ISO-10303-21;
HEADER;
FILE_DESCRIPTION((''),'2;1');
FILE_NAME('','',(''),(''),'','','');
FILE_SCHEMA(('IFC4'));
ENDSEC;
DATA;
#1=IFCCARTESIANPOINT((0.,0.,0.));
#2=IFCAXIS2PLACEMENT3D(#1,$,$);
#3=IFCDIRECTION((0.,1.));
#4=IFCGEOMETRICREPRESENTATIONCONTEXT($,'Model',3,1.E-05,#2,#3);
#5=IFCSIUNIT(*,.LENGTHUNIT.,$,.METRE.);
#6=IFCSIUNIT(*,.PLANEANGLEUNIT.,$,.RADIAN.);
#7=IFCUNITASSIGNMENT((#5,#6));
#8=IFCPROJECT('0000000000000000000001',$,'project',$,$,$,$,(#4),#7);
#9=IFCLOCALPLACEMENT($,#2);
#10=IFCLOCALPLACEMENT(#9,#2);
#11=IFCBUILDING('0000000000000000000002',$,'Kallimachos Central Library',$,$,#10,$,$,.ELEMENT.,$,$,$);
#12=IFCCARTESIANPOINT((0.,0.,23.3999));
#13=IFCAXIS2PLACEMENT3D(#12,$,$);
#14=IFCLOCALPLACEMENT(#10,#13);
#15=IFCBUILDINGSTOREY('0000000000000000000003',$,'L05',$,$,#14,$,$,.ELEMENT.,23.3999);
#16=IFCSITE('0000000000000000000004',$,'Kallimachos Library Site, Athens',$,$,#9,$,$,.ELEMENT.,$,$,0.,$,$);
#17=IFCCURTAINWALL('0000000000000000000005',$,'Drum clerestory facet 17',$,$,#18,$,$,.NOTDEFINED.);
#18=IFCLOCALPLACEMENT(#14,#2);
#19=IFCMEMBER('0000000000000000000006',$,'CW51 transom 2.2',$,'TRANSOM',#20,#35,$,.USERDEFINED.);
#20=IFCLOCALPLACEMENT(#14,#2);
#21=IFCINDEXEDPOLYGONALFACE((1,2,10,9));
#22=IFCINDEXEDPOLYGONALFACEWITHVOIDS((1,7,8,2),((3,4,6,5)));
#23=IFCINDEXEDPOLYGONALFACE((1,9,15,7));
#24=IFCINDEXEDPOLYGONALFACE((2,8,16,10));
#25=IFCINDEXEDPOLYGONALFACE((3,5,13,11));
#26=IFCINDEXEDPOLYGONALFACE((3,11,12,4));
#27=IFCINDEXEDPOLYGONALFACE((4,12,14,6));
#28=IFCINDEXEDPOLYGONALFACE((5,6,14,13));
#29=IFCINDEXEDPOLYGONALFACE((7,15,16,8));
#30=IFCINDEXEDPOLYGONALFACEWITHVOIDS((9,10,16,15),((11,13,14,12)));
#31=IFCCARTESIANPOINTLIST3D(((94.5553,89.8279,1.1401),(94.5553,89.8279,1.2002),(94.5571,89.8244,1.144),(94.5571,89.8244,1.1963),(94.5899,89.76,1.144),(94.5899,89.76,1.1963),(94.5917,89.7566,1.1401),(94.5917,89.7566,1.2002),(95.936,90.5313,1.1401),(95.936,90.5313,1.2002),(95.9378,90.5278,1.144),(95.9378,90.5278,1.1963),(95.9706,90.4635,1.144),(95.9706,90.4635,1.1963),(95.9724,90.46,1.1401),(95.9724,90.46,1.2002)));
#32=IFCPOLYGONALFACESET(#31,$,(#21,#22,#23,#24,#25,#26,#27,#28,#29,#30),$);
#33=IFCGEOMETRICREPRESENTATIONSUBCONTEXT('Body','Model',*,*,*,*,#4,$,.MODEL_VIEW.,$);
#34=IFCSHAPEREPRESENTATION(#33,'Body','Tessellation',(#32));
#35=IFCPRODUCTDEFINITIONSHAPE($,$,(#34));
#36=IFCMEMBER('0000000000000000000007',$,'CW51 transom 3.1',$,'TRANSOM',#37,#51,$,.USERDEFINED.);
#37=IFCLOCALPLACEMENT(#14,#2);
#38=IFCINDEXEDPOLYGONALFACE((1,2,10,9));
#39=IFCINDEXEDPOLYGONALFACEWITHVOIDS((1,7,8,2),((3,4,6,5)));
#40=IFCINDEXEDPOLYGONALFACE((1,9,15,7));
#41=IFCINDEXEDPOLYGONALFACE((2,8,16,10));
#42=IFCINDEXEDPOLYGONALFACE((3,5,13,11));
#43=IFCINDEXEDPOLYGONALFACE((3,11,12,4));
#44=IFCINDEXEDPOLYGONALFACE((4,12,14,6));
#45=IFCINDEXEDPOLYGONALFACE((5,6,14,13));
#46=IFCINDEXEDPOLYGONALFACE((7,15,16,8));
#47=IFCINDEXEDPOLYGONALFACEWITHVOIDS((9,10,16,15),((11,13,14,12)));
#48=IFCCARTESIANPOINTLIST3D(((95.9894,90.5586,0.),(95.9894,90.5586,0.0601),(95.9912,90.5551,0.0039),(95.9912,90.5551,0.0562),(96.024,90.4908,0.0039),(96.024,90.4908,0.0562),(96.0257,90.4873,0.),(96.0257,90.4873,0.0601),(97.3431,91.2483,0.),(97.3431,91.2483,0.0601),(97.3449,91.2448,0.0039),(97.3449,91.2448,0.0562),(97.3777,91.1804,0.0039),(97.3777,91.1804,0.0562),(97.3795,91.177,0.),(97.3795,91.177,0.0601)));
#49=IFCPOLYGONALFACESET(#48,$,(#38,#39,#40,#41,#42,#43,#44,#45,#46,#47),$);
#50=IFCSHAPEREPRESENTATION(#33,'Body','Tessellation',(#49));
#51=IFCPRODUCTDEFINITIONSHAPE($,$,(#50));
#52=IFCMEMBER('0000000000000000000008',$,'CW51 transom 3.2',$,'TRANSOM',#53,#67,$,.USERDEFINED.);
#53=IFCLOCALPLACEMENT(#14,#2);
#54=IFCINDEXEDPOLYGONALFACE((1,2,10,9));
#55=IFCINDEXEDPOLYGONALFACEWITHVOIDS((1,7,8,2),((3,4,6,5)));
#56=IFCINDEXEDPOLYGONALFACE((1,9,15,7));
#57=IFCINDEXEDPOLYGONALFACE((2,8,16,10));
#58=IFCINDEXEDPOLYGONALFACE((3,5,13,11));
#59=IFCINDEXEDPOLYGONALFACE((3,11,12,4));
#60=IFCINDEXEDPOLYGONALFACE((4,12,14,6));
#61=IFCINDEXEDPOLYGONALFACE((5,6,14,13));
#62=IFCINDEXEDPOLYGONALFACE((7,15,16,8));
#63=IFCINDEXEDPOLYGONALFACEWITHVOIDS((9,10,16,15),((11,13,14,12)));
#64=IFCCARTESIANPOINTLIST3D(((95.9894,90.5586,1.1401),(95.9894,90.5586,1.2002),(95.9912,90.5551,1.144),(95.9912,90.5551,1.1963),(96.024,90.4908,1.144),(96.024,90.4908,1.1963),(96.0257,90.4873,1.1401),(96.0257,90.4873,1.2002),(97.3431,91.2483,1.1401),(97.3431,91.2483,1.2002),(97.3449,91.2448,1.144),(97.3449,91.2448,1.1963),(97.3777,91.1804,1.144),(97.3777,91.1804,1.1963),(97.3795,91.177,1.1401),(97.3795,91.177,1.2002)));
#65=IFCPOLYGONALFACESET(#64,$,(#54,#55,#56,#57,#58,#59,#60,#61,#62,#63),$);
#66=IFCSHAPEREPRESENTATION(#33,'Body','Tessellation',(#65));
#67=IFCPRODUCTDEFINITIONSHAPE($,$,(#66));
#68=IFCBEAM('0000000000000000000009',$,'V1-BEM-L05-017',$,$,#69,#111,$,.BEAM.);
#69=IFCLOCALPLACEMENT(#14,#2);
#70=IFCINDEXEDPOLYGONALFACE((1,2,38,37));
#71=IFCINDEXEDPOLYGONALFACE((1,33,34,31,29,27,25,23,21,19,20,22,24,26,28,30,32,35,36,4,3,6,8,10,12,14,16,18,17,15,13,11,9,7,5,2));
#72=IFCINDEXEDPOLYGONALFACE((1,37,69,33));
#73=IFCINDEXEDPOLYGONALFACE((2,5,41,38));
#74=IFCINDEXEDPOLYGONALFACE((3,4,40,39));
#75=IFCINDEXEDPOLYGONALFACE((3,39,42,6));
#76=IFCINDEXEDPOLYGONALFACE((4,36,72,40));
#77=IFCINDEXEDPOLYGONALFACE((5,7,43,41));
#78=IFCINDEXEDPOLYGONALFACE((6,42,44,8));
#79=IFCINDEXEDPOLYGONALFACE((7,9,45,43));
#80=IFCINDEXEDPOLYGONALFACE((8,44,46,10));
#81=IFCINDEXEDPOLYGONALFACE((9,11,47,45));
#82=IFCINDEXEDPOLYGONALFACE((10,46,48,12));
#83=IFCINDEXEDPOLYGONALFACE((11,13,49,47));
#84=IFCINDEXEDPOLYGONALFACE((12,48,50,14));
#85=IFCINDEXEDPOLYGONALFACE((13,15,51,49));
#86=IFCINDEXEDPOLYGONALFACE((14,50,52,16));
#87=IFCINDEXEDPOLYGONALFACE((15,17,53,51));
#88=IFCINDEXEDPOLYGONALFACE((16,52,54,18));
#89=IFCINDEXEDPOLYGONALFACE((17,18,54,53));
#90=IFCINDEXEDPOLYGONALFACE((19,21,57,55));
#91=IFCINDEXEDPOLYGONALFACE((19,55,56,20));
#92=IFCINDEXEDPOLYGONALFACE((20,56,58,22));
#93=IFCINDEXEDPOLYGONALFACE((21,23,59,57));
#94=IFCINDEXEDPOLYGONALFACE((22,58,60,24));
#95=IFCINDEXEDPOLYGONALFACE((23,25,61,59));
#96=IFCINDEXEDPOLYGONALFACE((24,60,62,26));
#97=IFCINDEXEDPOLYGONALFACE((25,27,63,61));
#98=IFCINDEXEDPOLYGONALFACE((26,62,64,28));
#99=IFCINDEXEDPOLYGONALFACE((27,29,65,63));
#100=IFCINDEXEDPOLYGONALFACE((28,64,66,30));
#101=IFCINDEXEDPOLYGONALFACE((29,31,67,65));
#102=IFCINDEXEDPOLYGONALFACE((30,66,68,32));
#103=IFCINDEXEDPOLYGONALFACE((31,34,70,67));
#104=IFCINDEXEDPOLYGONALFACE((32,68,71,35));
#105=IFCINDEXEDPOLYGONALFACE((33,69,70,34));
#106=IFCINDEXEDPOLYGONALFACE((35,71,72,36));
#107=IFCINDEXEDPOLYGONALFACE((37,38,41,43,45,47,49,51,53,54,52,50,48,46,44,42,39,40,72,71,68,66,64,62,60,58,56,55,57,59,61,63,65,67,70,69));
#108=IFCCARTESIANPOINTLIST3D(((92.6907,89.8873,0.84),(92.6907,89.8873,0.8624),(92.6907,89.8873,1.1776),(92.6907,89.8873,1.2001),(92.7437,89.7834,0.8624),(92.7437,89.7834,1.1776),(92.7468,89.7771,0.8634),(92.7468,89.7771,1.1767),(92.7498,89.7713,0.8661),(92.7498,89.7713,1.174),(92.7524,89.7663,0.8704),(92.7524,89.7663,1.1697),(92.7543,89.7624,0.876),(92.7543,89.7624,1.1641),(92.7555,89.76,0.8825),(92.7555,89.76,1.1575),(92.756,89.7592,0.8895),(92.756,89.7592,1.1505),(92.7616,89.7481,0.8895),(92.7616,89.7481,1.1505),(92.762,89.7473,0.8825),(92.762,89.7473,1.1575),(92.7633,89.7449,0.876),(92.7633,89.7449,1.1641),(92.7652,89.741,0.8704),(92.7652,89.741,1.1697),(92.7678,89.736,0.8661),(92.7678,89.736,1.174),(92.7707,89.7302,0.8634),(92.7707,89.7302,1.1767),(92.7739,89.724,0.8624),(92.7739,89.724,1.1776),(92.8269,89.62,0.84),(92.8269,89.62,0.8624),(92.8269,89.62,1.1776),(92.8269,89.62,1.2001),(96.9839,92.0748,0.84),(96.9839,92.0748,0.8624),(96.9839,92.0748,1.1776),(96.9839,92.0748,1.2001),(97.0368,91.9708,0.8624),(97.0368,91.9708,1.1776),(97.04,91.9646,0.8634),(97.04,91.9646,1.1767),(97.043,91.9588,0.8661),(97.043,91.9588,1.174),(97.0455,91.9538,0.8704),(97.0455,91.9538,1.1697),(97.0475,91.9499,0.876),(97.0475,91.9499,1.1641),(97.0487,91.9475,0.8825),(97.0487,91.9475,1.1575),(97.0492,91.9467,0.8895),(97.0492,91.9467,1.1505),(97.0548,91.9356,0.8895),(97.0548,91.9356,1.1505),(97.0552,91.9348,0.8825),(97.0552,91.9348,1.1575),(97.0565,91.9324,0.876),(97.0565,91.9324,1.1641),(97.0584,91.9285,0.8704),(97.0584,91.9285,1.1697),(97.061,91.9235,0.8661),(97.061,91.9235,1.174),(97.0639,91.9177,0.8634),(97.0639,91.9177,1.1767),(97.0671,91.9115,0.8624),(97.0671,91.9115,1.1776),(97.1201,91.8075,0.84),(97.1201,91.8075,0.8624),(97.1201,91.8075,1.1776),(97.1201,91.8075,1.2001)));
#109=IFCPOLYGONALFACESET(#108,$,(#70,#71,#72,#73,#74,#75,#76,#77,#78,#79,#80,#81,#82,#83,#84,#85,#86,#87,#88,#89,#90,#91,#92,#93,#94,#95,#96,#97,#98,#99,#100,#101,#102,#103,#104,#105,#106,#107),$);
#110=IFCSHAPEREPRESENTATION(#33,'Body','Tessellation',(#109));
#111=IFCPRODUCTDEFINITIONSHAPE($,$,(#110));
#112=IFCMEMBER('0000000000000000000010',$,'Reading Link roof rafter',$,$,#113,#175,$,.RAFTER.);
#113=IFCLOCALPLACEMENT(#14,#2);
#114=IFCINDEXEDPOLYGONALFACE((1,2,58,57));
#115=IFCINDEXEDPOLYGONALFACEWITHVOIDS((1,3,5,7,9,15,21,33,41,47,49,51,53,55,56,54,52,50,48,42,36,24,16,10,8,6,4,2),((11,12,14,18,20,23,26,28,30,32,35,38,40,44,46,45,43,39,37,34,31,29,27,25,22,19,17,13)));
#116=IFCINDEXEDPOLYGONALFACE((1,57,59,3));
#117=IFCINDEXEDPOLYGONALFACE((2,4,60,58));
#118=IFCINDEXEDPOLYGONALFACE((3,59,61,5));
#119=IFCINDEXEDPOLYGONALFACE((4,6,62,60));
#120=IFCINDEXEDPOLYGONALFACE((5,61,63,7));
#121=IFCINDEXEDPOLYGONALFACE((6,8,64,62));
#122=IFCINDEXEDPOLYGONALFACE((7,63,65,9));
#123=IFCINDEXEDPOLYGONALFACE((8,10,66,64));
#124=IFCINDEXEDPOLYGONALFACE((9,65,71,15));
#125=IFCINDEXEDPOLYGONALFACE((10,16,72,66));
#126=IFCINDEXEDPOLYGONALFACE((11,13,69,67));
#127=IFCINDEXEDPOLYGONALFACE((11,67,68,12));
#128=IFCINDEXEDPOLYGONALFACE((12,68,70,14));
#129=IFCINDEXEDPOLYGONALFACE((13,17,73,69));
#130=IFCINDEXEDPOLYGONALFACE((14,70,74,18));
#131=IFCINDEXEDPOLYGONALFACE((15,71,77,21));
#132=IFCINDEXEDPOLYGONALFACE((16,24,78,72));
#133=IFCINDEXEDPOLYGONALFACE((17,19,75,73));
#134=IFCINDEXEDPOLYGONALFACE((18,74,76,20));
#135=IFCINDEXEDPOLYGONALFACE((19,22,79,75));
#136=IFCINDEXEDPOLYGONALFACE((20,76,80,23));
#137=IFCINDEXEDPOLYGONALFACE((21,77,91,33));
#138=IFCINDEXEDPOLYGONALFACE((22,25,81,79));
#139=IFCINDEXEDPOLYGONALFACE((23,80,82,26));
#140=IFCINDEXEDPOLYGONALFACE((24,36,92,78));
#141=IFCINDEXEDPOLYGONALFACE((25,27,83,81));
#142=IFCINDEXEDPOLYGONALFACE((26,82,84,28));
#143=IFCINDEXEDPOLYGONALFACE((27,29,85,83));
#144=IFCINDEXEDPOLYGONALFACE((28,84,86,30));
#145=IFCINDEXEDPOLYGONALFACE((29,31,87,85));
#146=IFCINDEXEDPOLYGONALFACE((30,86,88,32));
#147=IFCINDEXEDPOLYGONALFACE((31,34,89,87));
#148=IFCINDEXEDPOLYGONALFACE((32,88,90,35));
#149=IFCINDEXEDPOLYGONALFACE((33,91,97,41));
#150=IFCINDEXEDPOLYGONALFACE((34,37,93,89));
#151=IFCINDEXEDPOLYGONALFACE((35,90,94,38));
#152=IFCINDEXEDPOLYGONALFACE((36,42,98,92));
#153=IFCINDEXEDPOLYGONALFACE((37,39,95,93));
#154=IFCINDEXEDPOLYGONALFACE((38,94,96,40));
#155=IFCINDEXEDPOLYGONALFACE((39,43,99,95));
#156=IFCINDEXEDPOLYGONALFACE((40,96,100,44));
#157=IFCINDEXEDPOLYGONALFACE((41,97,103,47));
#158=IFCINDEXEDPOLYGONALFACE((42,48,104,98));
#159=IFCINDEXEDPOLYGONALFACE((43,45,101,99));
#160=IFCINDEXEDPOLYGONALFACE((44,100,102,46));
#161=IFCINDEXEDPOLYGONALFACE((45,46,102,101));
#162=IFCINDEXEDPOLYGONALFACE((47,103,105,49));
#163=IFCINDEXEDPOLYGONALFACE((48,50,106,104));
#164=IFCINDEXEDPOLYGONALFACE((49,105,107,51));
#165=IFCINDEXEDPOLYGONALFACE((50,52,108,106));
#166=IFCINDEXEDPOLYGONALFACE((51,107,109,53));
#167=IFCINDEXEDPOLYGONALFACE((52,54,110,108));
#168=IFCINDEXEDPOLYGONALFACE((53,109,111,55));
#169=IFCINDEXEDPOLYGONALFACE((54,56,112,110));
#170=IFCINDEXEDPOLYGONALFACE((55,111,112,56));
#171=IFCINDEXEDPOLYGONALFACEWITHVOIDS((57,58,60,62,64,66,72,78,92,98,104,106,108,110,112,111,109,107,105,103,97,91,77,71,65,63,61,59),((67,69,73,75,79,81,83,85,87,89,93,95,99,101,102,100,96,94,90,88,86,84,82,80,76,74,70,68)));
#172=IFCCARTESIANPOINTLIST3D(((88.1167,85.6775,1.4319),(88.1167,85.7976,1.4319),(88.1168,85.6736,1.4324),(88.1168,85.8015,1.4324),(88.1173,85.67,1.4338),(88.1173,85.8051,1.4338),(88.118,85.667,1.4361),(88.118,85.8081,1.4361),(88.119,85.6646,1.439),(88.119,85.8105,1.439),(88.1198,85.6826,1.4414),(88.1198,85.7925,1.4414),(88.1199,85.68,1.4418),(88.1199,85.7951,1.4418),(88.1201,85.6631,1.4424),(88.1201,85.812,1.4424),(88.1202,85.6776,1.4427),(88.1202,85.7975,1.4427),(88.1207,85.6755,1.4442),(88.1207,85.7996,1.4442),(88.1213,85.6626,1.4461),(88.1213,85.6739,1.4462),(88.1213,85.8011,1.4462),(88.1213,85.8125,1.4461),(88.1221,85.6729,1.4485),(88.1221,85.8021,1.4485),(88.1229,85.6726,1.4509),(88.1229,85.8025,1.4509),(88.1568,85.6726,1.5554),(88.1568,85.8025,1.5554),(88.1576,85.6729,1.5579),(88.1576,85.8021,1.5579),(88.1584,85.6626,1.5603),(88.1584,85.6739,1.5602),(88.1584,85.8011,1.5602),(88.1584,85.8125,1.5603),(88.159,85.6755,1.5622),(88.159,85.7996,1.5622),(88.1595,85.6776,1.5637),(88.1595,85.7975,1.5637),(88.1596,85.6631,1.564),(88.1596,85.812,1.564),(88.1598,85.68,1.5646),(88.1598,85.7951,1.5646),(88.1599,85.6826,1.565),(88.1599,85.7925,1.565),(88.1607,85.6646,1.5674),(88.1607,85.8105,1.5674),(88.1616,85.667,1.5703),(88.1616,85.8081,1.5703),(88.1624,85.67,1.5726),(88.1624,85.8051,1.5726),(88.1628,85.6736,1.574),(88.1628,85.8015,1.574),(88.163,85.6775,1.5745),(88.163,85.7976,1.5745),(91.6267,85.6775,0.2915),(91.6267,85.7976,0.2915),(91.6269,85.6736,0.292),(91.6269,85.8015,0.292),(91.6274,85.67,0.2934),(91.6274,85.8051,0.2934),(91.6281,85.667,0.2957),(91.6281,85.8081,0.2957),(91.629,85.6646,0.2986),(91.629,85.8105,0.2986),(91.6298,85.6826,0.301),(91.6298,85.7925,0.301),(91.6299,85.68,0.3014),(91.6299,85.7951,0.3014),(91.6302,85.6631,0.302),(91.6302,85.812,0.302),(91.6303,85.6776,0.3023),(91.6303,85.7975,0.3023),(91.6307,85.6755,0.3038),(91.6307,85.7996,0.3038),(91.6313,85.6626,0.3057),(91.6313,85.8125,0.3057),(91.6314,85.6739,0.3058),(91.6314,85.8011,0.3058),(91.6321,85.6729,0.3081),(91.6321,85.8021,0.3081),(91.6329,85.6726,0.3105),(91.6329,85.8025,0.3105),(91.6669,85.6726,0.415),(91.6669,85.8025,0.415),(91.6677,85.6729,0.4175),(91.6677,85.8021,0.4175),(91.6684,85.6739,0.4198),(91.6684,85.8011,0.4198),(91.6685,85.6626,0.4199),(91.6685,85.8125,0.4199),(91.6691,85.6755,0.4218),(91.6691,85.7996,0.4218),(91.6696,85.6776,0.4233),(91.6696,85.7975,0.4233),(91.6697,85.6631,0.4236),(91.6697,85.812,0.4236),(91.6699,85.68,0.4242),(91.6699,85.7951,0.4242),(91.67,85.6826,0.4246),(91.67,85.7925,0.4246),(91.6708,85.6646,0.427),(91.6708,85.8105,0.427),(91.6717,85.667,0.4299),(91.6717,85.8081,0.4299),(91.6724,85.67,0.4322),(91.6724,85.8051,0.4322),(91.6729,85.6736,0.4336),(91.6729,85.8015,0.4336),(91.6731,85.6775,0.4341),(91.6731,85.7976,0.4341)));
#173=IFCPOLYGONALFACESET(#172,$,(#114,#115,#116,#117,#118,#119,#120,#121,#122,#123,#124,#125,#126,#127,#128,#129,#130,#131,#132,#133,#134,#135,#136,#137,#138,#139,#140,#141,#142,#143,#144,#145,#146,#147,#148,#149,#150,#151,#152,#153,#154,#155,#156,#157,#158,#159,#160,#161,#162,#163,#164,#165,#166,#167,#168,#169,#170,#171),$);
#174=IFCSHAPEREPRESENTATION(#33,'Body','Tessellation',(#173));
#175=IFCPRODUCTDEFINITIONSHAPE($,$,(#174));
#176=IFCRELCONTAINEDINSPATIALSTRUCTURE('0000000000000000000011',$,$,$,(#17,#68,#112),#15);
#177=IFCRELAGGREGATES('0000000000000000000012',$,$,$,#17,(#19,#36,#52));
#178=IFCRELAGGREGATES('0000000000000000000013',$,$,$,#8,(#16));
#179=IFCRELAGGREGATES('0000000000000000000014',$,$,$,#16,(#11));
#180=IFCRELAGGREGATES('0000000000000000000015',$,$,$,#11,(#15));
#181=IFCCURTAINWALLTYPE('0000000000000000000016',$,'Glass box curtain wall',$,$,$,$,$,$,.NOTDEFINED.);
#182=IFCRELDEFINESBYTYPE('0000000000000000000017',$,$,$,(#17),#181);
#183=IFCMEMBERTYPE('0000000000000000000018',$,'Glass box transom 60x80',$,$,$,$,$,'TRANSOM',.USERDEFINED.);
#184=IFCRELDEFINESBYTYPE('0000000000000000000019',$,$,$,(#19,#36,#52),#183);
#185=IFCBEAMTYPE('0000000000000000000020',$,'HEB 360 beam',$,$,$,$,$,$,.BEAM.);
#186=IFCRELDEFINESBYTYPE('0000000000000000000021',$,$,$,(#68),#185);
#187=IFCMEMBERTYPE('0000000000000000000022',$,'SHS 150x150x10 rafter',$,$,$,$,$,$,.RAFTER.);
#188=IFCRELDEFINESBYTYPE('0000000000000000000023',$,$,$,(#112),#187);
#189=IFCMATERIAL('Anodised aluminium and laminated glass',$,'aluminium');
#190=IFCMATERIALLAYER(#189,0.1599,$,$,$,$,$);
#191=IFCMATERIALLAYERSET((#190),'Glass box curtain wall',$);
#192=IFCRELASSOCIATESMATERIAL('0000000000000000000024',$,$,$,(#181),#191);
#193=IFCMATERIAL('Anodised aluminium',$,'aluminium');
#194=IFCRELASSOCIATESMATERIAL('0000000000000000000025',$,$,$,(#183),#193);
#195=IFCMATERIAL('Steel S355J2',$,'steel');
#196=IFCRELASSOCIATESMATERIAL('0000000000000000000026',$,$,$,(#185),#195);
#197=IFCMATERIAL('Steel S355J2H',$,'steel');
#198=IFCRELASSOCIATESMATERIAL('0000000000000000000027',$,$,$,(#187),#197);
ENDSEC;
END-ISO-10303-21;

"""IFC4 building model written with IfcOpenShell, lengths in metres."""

from ifc_helpers import new_model, si_unit, direction, frame, origin, origin_2d, place, context, subcontext, project, spatial, hollow_rectangle, i_section, extrude, material, layer, layer_set, material_profile, profile_set, type_object, element, aggregate, save


model = new_model("IFC4")

# Units and contexts
model_context = context("Model", 3, precision=1e-05, world=origin(), true_north=direction((0.0, 1.0)))
body_context = subcontext(model_context, "Body", "Model", "MODEL_VIEW")
ifc_project = project(units=[si_unit("LENGTHUNIT", "METRE"), si_unit("PLANEANGLEUNIT", "RADIAN")], contexts=[model_context])

# Site, building, storey
site_placement = place(None, origin())
site = spatial("IfcSite", under=ifc_project, at=site_placement, Name="Kallimachos Library Site, Athens", CompositionType="ELEMENT", RefElevation=0.0)
building_placement = place(site_placement, origin())
building = spatial("IfcBuilding", under=site, at=building_placement, Name="Kallimachos Central Library", CompositionType="ELEMENT")
storey_placement = place(building_placement, frame((0.0, 0.0, 23.3999)))
storey = spatial("IfcBuildingStorey", under=building, at=storey_placement, Name="L05", CompositionType="ELEMENT", Elevation=23.3999)

# Shared definitions
ifc_material_1 = material(Name="Anodised aluminium and laminated glass", Category="aluminium")
ifc_layer_1 = layer(ifc_material_1, 0.1599)
ifc_layer_set_1 = layer_set([ifc_layer_1], Name="Glass box curtain wall")
curtain_wall_type = type_object("IfcCurtainWallType", Name="Glass box curtain wall", PredefinedType="NOTDEFINED", material=ifc_layer_set_1)

# Curtain wall, members
curtain_wall_1_placement = place(storey_placement, origin())
curtain_wall_1 = element("IfcCurtainWall", 1, at=curtain_wall_1_placement, inside=storey, type_object=curtain_wall_type, Name="Drum clerestory facet 17", PredefinedType="NOTDEFINED")
ifc_material_2 = material(Name="Anodised aluminium", Category="aluminium")
ifc_material_profile_1 = material_profile(ifc_material_2, hollow_rectangle(XDim=0.0601, YDim=0.0801, WallThickness=0.0039, at=origin_2d()), Name="ALU TRANSOM 60x80")
ifc_profile_set_1 = profile_set([ifc_material_profile_1], Name="Anodised aluminium")
member_type_1 = type_object("IfcMemberType", Name="Glass box transom 60x80", ElementType="TRANSOM", PredefinedType="USERDEFINED", material=ifc_profile_set_1)
member_1_placement = place(storey_placement, frame((94.5735, 89.7922, 1.1702), z_axis=(0.89103, 0.453945, 0.0), x_axis=(0.0, 0.0, 1.0)))
member_1 = element("IfcMember", 2, at=member_1_placement, type_object=member_type_1, Name="CW51 transom 2.2", ObjectType="TRANSOM", PredefinedType="USERDEFINED", context=body_context, shape_type="SweptSolid", body=[
    extrude(hollow_rectangle(XDim=0.0601, YDim=0.0801, WallThickness=0.0039, at=origin_2d()), origin(), (0.0, 0.0, 1.0), 1.5496),
])
member_2_placement = place(storey_placement, frame((96.0076, 90.5229, 0.03), z_axis=(0.891027, 0.45395, 0.0), x_axis=(0.0, 0.0, 1.0)))
member_2 = element("IfcMember", 3, at=member_2_placement, type_object=member_type_1, Name="CW51 transom 3.1", ObjectType="TRANSOM", PredefinedType="USERDEFINED", context=body_context, shape_type="SweptSolid", body=[
    extrude(hollow_rectangle(XDim=0.0601, YDim=0.0801, WallThickness=0.0039, at=origin_2d()), origin(), (0.0, 0.0, 1.0), 1.5193),
])
member_3_placement = place(storey_placement, frame((96.0076, 90.5229, 1.1702), z_axis=(0.891027, 0.45395, 0.0), x_axis=(0.0, 0.0, 1.0)))
member_3 = element("IfcMember", 4, at=member_3_placement, type_object=member_type_1, Name="CW51 transom 3.2", ObjectType="TRANSOM", PredefinedType="USERDEFINED", context=body_context, shape_type="SweptSolid", body=[
    extrude(hollow_rectangle(XDim=0.0601, YDim=0.0801, WallThickness=0.0039, at=origin_2d()), origin(), (0.0, 0.0, 1.0), 1.5193),
])

# Beam
ifc_material_3 = material(Name="Steel S355J2", Category="steel")
ifc_material_profile_2 = material_profile(ifc_material_3, i_section(OverallWidth=0.3, OverallDepth=0.3601, WebThickness=0.0125, FlangeThickness=0.0225, FilletRadius=0.0271, at=origin_2d()), Name="HEB 360")
ifc_profile_set_2 = profile_set([ifc_material_profile_2], Name="Steel S355J2")
beam_type = type_object("IfcBeamType", Name="HEB 360 beam", PredefinedType="BEAM", material=ifc_profile_set_2)
beam_placement = place(storey_placement, frame((92.7588, 89.7537, 1.02), z_axis=(0.891007, 0.45399, 0.0), x_axis=(-0.45399, 0.891007, 0.0)))
element("IfcBeam", 5, at=beam_placement, inside=storey, type_object=beam_type, Name="V1-BEM-L05-017", PredefinedType="BEAM", context=body_context, shape_type="SweptSolid", body=[
    extrude(i_section(OverallWidth=0.3, OverallDepth=0.3601, WebThickness=0.0125, FlangeThickness=0.0225, FilletRadius=0.0271, at=origin_2d()), origin(), (0.0, 0.0, 1.0), 4.8184),
])

# Member
ifc_material_4 = material(Name="Steel S355J2H", Category="steel")
ifc_material_profile_3 = material_profile(ifc_material_4, hollow_rectangle(XDim=0.1499, YDim=0.1499, WallThickness=0.01, InnerFilletRadius=0.01, OuterFilletRadius=0.0149, at=origin_2d()), Name="SHS 150x150x10")
ifc_profile_set_3 = profile_set([ifc_material_profile_3], Name="Steel S355J2H")
member_type_2 = type_object("IfcMemberType", Name="SHS 150x150x10 rafter", PredefinedType="RAFTER", material=ifc_profile_set_3)
for number, where, z_axis, x_axis, name in (
    (6, (91.6499, 85.7375, 0.3628), (-0.951064, 0.0, 0.308995), (0.0, -1.0, 0.0), "Reading Link roof rafter"),
):
    element("IfcMember", number, at=place(storey_placement, frame(where, z_axis=z_axis, x_axis=x_axis)), inside=storey, type_object=member_type_2, Name=name, PredefinedType="RAFTER", context=body_context, shape_type="SweptSolid", body=[
        extrude(hollow_rectangle(XDim=0.1499, YDim=0.1499, WallThickness=0.01, InnerFilletRadius=0.01, OuterFilletRadius=0.0149, at=origin_2d()), origin(), (0.0, 0.0, 1.0), 3.6907),
    ])

aggregate(curtain_wall_1, [member_1, member_2, member_3])

save(model, "model.ifc")
